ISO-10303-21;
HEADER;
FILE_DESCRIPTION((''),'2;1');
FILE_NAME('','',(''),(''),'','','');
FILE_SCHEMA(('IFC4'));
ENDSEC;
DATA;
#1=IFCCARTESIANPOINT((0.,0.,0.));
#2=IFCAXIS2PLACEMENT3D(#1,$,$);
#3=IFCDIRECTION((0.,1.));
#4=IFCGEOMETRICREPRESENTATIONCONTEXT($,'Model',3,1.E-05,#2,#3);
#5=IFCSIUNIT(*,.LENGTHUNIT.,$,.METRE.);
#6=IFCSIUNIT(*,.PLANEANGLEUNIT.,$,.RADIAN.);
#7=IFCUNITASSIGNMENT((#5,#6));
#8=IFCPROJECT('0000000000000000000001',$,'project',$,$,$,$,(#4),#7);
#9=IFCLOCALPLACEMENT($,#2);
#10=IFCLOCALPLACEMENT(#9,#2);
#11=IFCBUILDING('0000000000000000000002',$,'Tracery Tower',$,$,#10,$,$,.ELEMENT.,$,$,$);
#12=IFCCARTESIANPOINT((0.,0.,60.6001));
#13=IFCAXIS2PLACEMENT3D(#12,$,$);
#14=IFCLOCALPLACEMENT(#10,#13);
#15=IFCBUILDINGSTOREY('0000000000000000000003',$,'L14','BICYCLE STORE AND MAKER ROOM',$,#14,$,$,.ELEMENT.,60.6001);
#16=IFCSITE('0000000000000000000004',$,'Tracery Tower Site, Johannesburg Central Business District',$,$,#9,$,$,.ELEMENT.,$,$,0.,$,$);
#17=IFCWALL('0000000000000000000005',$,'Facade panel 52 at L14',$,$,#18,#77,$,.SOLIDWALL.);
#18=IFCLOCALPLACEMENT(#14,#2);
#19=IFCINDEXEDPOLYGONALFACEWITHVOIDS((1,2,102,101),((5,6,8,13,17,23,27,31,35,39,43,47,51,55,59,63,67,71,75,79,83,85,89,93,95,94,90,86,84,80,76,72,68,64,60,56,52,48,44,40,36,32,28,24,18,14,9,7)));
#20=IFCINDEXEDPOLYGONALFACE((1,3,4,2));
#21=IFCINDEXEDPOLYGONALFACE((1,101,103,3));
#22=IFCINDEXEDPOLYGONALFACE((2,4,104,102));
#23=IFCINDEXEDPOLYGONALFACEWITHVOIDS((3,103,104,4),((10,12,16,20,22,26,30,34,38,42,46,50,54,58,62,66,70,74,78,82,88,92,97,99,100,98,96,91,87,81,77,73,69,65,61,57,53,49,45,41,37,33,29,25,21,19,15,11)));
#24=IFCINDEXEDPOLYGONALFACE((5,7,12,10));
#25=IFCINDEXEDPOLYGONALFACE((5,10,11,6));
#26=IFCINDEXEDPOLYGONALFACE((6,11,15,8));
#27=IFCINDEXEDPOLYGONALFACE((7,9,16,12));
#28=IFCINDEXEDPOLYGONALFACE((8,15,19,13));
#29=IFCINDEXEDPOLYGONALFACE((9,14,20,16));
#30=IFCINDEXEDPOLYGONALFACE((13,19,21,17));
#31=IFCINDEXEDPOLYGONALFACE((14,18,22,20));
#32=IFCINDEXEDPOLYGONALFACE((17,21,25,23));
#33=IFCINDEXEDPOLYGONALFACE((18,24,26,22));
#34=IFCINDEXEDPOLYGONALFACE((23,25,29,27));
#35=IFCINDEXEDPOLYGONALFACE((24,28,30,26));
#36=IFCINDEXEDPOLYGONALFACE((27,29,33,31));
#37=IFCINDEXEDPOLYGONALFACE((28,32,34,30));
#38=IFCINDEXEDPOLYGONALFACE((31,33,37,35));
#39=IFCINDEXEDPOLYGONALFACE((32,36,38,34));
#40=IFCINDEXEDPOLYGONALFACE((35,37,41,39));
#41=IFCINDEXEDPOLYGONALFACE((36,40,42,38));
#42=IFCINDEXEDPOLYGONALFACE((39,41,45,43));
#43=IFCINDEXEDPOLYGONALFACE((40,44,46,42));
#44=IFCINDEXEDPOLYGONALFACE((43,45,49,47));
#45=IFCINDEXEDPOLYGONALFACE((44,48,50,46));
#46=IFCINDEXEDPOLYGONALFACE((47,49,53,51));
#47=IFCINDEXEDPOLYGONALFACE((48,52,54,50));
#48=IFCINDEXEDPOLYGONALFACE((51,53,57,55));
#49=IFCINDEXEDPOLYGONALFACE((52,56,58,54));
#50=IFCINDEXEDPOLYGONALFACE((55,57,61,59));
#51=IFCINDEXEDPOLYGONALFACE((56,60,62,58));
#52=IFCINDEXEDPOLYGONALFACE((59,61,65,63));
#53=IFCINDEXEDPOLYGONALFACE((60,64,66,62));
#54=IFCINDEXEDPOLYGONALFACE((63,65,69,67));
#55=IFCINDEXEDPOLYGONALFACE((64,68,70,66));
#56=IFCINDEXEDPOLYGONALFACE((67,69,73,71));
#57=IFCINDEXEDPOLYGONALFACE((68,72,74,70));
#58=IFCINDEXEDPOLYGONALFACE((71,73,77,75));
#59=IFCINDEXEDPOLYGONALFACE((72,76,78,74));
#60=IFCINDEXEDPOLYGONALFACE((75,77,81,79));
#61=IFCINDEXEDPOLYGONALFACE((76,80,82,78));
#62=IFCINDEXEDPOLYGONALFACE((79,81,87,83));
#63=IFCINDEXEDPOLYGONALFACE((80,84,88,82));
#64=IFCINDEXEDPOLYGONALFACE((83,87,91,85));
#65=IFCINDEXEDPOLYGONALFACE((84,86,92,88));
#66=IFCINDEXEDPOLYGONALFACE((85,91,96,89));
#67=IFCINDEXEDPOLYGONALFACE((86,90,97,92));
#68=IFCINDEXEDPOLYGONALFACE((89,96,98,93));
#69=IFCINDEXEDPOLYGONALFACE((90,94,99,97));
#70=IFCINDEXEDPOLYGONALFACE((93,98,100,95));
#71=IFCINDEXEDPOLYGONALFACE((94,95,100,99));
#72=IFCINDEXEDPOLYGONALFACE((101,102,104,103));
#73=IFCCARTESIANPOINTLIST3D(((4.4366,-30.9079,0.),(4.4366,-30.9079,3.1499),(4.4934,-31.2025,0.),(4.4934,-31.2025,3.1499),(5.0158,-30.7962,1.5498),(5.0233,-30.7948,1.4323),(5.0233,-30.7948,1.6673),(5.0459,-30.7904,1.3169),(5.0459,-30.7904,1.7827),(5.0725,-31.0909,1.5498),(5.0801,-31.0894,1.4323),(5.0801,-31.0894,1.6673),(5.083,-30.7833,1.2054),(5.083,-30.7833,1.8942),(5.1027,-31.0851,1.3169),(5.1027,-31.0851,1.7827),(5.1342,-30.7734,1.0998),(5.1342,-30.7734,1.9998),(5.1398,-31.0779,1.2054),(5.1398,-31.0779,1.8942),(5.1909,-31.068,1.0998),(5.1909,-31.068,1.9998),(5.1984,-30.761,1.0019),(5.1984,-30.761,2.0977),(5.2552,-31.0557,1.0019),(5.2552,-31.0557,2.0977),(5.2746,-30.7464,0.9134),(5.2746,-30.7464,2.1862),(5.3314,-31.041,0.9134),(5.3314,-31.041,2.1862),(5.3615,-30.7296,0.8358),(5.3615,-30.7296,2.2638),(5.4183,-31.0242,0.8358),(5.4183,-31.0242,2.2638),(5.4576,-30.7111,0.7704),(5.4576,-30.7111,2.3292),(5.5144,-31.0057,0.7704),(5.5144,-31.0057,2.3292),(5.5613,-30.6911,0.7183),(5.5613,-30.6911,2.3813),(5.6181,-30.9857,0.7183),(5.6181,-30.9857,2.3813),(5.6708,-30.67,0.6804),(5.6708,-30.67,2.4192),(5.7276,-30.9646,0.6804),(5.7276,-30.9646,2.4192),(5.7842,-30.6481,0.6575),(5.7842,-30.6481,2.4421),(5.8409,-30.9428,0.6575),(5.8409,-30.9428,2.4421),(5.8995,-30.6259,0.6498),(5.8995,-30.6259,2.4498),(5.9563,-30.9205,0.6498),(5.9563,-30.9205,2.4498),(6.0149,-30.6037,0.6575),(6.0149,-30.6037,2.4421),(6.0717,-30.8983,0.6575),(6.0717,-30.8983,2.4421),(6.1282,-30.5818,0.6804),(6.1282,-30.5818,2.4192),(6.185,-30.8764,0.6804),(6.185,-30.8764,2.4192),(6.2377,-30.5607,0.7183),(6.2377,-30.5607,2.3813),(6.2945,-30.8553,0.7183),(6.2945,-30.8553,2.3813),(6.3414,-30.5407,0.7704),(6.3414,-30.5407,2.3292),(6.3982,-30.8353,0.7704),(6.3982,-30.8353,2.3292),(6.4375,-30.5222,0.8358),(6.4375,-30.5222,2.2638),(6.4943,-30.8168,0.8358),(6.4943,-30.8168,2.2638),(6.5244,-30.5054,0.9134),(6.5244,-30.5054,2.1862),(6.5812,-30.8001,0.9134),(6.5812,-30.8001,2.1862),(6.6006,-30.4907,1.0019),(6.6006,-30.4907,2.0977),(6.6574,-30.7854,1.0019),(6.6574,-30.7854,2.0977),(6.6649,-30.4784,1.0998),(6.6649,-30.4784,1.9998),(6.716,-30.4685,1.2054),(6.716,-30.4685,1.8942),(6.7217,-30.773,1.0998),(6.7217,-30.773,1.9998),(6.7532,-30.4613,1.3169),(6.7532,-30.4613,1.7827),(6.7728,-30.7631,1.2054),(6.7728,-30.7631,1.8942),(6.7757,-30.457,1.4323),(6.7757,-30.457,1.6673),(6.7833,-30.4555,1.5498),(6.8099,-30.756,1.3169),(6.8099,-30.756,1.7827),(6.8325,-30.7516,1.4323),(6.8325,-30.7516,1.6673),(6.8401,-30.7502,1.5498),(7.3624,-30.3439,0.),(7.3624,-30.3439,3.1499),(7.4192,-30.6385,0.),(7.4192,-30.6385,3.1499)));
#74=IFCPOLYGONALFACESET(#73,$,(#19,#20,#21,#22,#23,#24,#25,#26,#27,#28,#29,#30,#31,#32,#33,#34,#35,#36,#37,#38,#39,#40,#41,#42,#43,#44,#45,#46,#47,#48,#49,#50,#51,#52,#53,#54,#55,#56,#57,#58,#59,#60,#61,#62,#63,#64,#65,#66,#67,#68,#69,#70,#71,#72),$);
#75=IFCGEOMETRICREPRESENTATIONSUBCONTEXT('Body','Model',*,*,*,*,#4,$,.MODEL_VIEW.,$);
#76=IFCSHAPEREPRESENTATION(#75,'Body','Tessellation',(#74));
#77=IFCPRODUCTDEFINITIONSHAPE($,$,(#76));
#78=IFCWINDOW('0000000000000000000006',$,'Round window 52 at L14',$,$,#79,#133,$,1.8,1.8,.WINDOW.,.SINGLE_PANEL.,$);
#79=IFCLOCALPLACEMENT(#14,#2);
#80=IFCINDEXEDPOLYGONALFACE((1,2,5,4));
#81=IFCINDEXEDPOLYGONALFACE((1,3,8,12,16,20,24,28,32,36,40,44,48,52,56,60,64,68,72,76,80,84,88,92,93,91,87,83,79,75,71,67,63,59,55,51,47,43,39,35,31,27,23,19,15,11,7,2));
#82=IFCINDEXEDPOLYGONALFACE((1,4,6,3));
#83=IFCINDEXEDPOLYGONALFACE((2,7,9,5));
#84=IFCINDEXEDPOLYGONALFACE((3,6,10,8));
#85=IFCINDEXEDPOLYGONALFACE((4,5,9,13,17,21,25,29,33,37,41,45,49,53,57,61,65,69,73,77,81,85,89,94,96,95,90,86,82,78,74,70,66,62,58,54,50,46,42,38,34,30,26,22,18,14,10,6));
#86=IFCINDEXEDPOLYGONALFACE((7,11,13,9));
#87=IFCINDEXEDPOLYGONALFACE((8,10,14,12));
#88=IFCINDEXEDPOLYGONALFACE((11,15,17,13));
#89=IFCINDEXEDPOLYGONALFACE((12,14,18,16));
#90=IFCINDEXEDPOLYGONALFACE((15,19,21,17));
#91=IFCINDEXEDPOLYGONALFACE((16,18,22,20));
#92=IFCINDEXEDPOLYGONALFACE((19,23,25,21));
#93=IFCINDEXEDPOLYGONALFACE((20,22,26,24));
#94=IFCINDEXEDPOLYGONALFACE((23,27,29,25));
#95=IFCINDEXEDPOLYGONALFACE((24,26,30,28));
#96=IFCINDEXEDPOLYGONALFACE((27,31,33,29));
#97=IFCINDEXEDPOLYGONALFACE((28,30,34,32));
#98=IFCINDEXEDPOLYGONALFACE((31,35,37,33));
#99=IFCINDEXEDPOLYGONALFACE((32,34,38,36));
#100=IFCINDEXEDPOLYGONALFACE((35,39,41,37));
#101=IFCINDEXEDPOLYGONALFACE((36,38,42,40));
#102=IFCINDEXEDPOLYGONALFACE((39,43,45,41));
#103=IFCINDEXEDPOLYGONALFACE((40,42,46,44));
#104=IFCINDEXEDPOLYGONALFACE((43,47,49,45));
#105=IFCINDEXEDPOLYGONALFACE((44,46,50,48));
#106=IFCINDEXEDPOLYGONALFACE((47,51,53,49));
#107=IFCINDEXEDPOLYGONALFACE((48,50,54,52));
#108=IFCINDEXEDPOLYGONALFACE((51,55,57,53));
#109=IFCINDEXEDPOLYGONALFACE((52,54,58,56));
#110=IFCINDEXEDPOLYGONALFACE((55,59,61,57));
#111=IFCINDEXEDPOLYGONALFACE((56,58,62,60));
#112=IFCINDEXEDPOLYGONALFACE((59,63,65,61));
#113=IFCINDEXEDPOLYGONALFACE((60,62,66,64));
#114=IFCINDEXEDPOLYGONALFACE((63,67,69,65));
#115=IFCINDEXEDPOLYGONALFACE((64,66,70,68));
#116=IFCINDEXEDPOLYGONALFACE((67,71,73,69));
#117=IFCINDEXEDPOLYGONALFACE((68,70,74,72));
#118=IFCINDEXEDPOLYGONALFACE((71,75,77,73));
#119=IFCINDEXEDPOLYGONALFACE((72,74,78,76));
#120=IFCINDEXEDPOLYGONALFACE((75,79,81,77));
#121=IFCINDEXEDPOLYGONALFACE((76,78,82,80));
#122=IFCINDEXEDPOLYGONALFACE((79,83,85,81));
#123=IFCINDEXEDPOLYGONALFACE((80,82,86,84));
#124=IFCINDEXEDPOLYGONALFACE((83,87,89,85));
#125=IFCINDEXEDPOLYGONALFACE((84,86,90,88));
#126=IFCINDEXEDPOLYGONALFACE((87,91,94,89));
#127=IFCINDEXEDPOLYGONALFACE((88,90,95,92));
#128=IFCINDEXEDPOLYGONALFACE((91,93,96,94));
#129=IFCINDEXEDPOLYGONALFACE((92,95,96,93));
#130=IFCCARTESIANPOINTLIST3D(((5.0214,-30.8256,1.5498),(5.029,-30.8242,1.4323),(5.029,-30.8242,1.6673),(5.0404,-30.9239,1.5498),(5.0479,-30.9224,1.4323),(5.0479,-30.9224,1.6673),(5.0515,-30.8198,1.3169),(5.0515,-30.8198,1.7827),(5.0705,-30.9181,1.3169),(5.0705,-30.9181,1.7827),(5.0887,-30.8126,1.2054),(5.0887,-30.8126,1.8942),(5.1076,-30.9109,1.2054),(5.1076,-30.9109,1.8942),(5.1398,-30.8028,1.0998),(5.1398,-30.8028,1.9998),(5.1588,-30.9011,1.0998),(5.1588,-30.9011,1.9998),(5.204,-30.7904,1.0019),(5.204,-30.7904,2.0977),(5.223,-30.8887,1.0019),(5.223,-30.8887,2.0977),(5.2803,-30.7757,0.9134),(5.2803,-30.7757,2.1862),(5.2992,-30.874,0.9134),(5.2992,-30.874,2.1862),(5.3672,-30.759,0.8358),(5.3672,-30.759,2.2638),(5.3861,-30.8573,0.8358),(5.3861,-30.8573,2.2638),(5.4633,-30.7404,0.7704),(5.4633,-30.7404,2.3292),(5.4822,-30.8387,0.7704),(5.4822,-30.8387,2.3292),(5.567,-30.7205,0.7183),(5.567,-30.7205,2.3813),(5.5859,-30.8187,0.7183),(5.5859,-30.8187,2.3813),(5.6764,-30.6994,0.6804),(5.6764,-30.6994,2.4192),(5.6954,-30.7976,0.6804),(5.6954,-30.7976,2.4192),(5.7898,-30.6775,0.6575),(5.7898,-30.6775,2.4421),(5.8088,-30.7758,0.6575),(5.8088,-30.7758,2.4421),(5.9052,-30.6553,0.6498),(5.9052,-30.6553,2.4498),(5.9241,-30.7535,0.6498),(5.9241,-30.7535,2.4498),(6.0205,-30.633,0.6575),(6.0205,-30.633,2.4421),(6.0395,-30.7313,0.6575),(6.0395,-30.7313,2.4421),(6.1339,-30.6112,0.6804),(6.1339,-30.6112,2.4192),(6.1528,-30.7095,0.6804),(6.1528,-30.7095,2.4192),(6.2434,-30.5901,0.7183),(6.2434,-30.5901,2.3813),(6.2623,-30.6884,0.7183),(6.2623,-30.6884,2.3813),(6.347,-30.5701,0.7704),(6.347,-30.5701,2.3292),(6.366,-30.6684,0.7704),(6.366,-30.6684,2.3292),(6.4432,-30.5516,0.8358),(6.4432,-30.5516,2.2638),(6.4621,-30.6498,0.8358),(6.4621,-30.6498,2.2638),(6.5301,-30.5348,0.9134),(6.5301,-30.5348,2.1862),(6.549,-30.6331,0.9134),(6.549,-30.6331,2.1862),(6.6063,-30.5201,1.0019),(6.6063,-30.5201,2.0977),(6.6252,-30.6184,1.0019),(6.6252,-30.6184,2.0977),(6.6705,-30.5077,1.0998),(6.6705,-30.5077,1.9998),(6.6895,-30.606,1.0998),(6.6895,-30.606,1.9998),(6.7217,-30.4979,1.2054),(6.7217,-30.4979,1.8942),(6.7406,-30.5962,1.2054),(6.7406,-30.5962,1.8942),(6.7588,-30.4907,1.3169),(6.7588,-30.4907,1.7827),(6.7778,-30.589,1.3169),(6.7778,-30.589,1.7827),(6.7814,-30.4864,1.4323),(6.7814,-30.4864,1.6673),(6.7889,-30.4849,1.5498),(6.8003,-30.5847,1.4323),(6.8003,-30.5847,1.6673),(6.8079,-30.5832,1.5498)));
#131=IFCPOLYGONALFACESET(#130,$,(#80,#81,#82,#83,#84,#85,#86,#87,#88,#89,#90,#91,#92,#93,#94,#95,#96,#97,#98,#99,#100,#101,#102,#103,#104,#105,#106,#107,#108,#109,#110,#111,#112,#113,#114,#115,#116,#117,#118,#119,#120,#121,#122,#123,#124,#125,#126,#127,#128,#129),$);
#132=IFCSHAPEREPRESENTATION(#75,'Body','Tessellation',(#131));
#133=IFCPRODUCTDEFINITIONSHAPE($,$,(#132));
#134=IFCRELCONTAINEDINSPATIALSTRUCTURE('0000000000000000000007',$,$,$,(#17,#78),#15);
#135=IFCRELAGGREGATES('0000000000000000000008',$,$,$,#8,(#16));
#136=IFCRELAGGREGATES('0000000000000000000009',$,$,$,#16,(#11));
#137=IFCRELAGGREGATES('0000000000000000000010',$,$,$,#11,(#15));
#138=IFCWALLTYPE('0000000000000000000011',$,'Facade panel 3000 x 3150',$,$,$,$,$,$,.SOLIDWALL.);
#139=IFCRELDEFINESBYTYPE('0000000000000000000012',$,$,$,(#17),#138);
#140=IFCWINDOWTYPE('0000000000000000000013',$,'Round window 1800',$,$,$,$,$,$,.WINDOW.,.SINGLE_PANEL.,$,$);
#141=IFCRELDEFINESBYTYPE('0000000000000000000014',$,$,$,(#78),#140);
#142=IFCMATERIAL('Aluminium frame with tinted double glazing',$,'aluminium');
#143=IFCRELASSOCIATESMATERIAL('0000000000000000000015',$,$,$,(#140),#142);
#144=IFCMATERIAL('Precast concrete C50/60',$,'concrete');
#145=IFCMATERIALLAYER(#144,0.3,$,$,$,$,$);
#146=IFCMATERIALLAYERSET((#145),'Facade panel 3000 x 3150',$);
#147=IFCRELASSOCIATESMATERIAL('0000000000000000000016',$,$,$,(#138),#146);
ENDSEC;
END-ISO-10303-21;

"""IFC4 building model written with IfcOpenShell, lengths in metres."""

from ifc_helpers import new_model, si_unit, direction, frame, frame_2d, origin, origin_2d, place, context, subcontext, project, spatial, rectangle, circle, extrude, material, layer, layer_set, type_object, element, fill, save


model = new_model("IFC4")

# Units and contexts
model_context = context("Model", 3, precision=1e-05, world=origin(), true_north=direction((0.0, 1.0)))
body_context = subcontext(model_context, "Body", "Model", "MODEL_VIEW")
ifc_project = project(units=[si_unit("LENGTHUNIT", "METRE"), si_unit("PLANEANGLEUNIT", "RADIAN")], contexts=[model_context])

# Site, building, storey
site_placement = place(None, origin())
site = spatial("IfcSite", under=ifc_project, at=site_placement, Name="Tracery Tower Site, Johannesburg Central Business District", CompositionType="ELEMENT", RefElevation=0.0)
building_placement = place(site_placement, origin())
building = spatial("IfcBuilding", under=site, at=building_placement, Name="Tracery Tower", CompositionType="ELEMENT")
storey_placement = place(building_placement, frame((0.0, 0.0, 60.6001)))
storey = spatial("IfcBuildingStorey", under=building, at=storey_placement, Name="L14", Description="BICYCLE STORE AND MAKER ROOM", CompositionType="ELEMENT", Elevation=60.6001)

# Wall, opening, window
ifc_material_1 = material(Name="Aluminium frame with tinted double glazing", Category="aluminium")
window_type = type_object("IfcWindowType", Name="Round window 1800", PartitioningType="SINGLE_PANEL", PredefinedType="WINDOW", material=ifc_material_1)
ifc_material_2 = material(Name="Precast concrete C50/60", Category="concrete")
ifc_layer_1 = layer(ifc_material_2, 0.3)
ifc_layer_set_1 = layer_set([ifc_layer_1], Name="Facade panel 3000 x 3150")
wall_type_1 = type_object("IfcWallType", Name="Facade panel 3000 x 3150", PredefinedType="SOLIDWALL", material=ifc_layer_set_1)
wall_1_placement = place(storey_placement, frame((4.4651, -31.0552, 0.0), z_axis=(0.0, 0.0, 1.0), x_axis=(0.981925, 0.189273, 0.0)))
wall_1 = element("IfcWall", 1, at=wall_1_placement, inside=storey, type_object=wall_type_1, Name="Facade panel 52 at L14", PredefinedType="SOLIDWALL", context=body_context, shape_type="SweptSolid", body=[
    extrude(rectangle(XDim=2.9797, YDim=0.3, at=frame_2d((1.4897, 0.0))), origin(), (0.0, 0.0, 1.0), 3.1499),
])
opening_1_placement = place(wall_1_placement, frame((1.4897, 0.0, 1.5498)))
opening_1 = element("IfcOpeningElement", 2, at=opening_1_placement, cuts=wall_1, PredefinedType="OPENING", context=body_context, shape_type="SweptSolid", body=[
    extrude(circle(Radius=0.9, at=origin_2d()), frame((0.0, 0.1599, 0.0), z_axis=(0.0, -1.0, 0.0), x_axis=(1.0, 0.0, 0.0)), (0.0, 0.0, 1.0), 0.3201),
])
window_1_placement = place(opening_1_placement, origin())
window_1 = element("IfcWindow", 3, at=window_1_placement, inside=storey, type_object=window_type, Name="Round window 52 at L14", OverallHeight=1.8, OverallWidth=1.8, PartitioningType="SINGLE_PANEL", PredefinedType="WINDOW", context=body_context, shape_type="SweptSolid", body=[
    extrude(circle(Radius=0.9, at=origin_2d()), frame((0.0, 0.1201, 0.0), z_axis=(0.0, -1.0, 0.0), x_axis=(1.0, 0.0, 0.0)), (0.0, 0.0, 1.0), 0.1001),
])
fill(opening_1, window_1)

save(model, "model.ifc")
